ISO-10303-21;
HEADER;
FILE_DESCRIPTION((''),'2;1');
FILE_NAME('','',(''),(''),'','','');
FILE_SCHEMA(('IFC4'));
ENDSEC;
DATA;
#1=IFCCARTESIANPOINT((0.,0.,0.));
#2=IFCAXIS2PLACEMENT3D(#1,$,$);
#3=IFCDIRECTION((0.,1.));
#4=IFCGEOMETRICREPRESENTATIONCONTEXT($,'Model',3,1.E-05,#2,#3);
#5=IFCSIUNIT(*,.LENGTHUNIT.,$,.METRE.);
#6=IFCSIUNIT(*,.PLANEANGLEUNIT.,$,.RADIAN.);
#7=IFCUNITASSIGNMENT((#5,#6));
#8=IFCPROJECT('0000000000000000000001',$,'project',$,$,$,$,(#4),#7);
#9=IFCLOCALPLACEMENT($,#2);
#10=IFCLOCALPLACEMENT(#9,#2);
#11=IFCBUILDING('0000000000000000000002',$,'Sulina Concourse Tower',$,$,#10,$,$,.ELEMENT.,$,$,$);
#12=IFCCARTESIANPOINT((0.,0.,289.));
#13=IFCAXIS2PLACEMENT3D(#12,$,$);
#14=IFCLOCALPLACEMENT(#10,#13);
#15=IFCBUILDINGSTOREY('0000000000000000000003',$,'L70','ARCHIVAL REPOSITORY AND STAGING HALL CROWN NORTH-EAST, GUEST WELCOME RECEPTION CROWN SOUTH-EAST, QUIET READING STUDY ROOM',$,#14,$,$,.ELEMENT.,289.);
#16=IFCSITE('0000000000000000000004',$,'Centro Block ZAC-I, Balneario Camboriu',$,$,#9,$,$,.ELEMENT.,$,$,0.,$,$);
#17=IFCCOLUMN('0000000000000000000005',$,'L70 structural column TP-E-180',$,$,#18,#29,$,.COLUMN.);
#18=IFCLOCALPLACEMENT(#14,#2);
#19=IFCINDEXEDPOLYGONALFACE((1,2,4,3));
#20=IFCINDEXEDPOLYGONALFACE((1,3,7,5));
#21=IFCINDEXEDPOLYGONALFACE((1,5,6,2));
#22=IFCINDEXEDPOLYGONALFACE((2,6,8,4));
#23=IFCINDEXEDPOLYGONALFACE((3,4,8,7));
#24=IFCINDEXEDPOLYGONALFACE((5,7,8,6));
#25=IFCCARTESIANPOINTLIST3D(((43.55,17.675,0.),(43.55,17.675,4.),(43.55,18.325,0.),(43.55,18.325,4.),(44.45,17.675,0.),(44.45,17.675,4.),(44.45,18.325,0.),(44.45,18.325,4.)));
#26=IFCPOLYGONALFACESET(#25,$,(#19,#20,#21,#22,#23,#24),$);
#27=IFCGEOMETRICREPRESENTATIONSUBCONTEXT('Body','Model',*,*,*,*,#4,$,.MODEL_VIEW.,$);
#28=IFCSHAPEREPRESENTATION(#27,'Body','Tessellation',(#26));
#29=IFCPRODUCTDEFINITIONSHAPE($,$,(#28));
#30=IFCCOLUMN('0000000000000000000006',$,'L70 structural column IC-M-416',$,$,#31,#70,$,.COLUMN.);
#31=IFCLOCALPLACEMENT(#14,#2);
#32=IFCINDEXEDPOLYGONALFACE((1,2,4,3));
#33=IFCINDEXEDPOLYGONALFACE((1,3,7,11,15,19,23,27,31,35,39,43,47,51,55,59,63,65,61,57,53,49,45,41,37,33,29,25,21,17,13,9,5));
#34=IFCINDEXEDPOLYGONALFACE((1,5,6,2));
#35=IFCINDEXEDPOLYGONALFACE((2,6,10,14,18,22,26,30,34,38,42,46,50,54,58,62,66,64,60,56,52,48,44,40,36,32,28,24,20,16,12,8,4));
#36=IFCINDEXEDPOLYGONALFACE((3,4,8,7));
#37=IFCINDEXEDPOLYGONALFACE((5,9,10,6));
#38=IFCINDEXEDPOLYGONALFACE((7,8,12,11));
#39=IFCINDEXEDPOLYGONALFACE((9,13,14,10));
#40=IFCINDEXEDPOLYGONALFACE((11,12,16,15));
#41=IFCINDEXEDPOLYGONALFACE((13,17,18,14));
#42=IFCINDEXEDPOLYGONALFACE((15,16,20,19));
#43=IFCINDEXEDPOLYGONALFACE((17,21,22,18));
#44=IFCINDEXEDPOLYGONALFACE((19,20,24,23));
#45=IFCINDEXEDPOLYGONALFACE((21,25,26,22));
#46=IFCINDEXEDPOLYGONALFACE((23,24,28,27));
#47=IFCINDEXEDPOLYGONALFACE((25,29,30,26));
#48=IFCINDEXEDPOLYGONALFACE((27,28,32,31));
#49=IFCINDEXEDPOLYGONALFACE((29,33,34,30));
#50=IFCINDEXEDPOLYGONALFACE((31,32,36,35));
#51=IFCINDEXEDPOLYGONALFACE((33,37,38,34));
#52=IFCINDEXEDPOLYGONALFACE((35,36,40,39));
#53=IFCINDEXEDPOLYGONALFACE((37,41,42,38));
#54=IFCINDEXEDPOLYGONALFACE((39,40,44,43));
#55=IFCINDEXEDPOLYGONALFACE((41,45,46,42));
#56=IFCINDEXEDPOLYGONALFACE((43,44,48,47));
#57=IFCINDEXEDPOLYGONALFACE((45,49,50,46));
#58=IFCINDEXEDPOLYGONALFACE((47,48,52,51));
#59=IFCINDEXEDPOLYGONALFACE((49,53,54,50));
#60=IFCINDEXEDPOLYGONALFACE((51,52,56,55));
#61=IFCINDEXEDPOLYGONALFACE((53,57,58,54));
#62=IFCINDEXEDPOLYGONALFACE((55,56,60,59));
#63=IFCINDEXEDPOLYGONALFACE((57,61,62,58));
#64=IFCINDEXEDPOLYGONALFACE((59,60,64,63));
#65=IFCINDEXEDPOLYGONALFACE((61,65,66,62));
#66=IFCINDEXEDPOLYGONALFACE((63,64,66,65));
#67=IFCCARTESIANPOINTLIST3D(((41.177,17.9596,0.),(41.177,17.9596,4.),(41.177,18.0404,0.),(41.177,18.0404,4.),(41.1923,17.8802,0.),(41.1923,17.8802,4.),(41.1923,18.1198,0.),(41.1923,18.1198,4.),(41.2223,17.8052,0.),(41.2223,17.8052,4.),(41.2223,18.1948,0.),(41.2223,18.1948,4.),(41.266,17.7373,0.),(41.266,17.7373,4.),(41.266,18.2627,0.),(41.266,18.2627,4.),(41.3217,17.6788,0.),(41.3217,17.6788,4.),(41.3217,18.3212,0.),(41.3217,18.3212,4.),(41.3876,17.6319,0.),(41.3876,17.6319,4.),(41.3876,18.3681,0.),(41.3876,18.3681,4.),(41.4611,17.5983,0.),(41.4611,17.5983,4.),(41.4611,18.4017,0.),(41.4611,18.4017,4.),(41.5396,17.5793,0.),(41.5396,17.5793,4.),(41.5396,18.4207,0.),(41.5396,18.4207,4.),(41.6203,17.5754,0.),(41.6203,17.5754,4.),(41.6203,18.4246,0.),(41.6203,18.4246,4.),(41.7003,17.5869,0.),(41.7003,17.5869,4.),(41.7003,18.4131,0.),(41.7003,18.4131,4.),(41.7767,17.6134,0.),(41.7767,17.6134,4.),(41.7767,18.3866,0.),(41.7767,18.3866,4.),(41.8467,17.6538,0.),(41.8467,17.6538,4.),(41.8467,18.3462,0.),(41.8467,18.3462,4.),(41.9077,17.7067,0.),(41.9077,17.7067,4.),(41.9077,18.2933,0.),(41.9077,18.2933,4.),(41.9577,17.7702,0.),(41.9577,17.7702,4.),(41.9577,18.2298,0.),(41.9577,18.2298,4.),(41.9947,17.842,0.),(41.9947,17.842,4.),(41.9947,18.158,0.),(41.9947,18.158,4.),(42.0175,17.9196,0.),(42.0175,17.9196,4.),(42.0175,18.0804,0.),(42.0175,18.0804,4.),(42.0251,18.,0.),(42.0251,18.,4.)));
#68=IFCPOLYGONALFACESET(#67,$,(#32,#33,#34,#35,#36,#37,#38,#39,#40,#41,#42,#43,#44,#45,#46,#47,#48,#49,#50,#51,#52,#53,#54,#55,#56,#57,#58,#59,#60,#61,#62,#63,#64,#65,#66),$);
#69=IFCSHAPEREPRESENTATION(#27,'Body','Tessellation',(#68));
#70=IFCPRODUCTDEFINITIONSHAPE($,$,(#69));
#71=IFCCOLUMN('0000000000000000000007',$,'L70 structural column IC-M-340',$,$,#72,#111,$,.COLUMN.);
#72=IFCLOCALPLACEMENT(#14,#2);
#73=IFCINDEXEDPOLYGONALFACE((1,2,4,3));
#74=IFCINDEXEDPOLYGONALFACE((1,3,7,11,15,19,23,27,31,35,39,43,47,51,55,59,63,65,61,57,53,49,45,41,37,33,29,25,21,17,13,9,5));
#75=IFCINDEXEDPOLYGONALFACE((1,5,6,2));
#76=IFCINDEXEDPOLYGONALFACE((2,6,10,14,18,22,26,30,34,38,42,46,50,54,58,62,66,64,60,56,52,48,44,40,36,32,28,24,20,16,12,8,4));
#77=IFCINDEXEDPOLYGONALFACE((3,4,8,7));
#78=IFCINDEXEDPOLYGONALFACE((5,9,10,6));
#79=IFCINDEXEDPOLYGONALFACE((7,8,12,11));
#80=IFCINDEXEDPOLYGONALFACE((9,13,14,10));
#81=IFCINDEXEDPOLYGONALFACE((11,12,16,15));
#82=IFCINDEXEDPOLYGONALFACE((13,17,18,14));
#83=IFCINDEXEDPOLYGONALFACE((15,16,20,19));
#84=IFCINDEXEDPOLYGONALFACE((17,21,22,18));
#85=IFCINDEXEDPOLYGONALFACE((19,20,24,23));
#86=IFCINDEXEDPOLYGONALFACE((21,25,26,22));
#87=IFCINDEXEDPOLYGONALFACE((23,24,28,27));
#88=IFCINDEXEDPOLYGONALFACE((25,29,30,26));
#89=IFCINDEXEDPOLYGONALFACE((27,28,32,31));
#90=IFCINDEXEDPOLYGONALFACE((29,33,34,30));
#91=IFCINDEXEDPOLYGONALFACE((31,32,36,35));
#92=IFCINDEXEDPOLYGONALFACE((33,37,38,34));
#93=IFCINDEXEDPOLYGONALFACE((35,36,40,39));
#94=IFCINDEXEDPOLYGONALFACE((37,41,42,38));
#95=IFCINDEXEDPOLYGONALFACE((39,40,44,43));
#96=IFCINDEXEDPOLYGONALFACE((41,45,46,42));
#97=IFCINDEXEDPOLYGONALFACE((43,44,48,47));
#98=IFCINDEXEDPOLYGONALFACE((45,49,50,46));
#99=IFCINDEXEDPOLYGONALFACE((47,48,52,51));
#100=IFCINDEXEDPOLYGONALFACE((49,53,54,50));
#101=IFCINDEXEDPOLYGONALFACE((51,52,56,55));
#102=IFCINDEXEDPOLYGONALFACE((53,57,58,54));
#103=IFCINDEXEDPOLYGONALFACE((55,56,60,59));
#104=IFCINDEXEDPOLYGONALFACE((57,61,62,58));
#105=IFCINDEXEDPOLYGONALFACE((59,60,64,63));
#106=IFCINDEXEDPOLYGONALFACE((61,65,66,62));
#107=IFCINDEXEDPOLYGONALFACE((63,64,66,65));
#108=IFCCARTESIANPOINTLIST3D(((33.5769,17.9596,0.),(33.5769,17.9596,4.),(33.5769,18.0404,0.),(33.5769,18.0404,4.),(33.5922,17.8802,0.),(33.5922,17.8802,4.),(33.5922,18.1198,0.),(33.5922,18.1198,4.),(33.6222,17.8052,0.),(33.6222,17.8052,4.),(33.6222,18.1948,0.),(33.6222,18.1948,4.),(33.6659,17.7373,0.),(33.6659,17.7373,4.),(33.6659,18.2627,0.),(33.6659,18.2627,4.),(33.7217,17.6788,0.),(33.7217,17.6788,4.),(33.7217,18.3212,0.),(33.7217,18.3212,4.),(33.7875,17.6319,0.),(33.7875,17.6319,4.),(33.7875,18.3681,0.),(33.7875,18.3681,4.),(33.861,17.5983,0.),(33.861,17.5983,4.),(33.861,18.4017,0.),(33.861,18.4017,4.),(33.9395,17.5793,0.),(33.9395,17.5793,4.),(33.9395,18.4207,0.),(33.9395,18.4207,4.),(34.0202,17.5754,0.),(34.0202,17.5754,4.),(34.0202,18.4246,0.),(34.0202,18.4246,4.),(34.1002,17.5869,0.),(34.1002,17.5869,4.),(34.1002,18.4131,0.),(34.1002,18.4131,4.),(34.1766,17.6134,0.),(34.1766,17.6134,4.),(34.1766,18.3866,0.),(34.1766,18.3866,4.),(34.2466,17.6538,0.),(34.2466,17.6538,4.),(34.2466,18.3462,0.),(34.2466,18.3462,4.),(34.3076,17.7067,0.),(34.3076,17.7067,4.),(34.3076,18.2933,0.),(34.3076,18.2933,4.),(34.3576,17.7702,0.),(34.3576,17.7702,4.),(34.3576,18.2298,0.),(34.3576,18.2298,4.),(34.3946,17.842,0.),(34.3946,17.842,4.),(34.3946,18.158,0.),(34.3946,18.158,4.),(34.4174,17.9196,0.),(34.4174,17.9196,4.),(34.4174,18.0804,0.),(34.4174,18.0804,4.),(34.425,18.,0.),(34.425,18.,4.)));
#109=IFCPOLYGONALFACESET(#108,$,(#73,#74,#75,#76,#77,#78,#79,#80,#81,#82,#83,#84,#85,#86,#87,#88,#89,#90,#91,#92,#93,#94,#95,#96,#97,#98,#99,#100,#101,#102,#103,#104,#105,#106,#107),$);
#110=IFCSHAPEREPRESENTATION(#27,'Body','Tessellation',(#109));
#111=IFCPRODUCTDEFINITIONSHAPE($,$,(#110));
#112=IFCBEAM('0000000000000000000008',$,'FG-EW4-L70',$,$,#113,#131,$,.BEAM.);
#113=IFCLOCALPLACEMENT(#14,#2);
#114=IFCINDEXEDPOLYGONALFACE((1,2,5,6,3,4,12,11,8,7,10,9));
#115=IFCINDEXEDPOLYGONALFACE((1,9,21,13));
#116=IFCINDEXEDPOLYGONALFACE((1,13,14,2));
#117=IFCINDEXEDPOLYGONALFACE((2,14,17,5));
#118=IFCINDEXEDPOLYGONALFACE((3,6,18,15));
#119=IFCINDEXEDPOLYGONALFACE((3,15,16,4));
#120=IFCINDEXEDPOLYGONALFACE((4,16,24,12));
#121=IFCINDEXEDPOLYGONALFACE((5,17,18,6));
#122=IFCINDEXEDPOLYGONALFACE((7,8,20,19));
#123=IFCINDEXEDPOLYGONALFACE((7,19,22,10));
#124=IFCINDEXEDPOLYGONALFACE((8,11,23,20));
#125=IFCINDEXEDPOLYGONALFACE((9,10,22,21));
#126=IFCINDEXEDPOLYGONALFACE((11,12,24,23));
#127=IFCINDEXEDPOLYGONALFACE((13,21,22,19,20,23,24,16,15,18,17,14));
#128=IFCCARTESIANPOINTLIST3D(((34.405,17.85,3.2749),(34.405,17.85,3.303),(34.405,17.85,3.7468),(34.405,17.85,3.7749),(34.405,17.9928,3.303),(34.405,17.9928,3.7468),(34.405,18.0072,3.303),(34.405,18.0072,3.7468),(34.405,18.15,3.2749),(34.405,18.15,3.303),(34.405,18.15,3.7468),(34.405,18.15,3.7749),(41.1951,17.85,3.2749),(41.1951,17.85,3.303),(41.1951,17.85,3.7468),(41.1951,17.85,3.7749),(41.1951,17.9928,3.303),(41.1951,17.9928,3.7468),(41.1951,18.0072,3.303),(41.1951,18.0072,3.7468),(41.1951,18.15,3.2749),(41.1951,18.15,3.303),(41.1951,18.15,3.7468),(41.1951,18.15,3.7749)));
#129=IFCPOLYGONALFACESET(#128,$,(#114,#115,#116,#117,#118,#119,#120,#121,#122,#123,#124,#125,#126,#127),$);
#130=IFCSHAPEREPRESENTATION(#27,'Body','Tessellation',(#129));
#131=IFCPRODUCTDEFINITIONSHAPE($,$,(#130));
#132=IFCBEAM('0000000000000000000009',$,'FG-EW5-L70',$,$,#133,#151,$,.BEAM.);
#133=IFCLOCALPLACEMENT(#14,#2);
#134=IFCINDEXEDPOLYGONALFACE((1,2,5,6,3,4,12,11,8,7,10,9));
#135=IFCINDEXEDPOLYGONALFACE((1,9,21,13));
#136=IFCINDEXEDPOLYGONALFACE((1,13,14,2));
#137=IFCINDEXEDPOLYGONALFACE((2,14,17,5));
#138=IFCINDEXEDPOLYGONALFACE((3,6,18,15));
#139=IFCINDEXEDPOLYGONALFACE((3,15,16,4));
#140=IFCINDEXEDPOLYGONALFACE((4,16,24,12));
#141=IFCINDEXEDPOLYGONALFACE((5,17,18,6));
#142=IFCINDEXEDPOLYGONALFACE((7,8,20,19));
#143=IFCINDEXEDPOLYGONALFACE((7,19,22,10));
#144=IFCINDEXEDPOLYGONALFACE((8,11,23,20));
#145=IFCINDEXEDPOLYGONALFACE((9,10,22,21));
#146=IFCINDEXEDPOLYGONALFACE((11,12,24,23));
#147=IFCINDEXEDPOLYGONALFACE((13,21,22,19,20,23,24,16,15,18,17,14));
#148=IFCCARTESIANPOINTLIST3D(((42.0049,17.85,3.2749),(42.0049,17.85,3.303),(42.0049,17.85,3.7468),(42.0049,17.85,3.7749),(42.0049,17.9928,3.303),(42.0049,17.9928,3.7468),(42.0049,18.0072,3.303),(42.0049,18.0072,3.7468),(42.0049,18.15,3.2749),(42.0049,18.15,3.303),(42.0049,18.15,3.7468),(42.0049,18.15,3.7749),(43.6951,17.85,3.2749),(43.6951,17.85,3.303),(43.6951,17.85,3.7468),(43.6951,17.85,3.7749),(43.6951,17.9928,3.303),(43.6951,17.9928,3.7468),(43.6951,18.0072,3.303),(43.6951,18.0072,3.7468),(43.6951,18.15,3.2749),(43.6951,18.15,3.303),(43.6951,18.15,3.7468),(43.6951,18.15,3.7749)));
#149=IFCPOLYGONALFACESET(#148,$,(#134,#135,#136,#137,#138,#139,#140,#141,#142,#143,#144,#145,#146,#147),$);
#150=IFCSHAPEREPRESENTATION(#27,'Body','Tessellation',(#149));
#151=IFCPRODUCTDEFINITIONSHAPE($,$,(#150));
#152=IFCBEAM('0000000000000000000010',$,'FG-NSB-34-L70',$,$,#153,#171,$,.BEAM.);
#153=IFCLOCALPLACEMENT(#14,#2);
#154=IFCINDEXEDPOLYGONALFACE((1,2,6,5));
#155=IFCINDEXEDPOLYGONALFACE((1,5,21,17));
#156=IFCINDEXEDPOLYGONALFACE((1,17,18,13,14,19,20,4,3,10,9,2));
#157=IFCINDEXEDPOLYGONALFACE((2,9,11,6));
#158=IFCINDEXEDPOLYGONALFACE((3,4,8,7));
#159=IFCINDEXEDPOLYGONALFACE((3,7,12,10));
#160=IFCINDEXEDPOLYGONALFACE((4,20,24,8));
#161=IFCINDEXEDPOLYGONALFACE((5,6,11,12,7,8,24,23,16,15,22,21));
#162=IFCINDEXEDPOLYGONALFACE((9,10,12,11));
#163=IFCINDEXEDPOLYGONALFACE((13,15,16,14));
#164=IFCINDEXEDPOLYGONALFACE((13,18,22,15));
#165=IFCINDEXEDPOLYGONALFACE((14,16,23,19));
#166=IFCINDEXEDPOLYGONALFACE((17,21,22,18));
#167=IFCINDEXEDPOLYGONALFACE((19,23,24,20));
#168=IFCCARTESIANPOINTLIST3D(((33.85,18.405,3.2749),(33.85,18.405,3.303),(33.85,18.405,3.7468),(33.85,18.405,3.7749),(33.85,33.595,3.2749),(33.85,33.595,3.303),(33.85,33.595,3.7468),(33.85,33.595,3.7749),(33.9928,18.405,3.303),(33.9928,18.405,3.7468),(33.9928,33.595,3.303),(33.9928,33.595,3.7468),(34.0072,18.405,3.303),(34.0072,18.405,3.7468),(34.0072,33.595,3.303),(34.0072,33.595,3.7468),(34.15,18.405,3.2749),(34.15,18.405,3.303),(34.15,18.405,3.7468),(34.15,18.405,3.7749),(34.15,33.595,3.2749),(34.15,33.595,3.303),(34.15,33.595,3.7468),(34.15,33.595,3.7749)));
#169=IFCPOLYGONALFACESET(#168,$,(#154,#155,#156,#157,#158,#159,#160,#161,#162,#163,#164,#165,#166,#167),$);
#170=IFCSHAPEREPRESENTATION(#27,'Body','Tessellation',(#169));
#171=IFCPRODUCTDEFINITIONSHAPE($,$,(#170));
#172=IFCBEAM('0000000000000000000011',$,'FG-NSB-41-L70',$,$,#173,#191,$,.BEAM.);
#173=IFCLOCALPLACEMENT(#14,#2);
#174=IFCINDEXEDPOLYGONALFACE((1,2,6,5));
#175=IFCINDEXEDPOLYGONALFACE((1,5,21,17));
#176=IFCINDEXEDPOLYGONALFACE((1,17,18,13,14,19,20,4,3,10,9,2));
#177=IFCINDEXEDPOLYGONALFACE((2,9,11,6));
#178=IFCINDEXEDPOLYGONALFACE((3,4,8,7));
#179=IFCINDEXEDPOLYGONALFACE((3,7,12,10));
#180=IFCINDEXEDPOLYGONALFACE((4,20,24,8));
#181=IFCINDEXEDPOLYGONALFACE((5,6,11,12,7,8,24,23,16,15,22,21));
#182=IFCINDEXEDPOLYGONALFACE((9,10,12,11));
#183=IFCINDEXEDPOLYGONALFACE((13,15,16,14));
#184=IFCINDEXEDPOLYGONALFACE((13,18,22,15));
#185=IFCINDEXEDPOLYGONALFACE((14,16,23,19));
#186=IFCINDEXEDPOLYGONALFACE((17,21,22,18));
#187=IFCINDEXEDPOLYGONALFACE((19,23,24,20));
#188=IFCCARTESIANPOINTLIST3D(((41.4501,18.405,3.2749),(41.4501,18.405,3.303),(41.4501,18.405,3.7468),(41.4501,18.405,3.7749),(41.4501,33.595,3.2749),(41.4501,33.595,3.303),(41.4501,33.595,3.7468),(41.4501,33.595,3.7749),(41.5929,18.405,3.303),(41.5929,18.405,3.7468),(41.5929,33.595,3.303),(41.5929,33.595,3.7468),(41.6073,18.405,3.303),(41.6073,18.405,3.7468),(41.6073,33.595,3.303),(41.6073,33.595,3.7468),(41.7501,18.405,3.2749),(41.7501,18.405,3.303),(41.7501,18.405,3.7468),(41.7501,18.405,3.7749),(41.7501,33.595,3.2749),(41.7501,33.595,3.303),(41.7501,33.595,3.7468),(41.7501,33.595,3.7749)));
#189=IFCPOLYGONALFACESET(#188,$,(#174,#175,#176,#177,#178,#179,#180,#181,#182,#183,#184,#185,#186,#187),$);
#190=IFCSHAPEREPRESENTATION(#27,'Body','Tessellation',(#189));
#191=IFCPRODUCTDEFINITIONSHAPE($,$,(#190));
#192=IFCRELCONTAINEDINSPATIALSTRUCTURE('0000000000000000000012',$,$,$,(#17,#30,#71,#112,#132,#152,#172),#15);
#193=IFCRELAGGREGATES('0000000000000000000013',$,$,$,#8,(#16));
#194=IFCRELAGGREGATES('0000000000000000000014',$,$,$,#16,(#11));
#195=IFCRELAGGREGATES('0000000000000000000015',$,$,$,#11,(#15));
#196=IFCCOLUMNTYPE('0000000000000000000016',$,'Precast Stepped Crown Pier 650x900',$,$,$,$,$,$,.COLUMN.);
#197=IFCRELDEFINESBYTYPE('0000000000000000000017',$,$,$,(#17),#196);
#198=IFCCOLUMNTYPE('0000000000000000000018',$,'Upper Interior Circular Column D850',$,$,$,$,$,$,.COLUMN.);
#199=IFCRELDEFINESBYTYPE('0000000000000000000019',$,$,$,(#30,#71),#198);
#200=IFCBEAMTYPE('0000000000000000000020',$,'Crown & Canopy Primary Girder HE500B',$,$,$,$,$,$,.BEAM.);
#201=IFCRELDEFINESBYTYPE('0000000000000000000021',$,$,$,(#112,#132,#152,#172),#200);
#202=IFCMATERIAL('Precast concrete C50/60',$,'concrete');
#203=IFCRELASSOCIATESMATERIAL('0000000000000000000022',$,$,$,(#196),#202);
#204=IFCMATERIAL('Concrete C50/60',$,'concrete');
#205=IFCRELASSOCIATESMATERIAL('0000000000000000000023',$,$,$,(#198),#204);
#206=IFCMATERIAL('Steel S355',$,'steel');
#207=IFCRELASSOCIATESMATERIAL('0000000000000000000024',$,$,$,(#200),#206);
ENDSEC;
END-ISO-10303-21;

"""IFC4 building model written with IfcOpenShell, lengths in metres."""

from ifc_helpers import new_model, si_unit, direction, frame, origin, origin_2d, place, context, subcontext, project, spatial, rectangle, circle, i_section, extrude, material, material_profile, profile_set, type_object, element, save


model = new_model("IFC4")

# Units and contexts
model_context = context("Model", 3, precision=1e-05, world=origin(), true_north=direction((0.0, 1.0)))
body_context = subcontext(model_context, "Body", "Model", "MODEL_VIEW")
ifc_project = project(units=[si_unit("LENGTHUNIT", "METRE"), si_unit("PLANEANGLEUNIT", "RADIAN")], contexts=[model_context])

# Site, building, storey
site_placement = place(None, origin())
site = spatial("IfcSite", under=ifc_project, at=site_placement, Name="Centro Block ZAC-I, Balneario Camboriu", CompositionType="ELEMENT", RefElevation=0.0)
building_placement = place(site_placement, origin())
building = spatial("IfcBuilding", under=site, at=building_placement, Name="Sulina Concourse Tower", CompositionType="ELEMENT")
storey_placement = place(building_placement, frame((0.0, 0.0, 289.0)))
storey = spatial("IfcBuildingStorey", under=building, at=storey_placement, Name="L70", Description="ARCHIVAL REPOSITORY AND STAGING HALL CROWN NORTH-EAST, GUEST WELCOME RECEPTION CROWN SOUTH-EAST, QUIET READING STUDY ROOM", CompositionType="ELEMENT", Elevation=289.0)

# Columns
ifc_material_1 = material(Name="Precast concrete C50/60", Category="concrete")
ifc_material_profile_1 = material_profile(ifc_material_1, rectangle(XDim=0.6499, YDim=0.8999, at=origin_2d()), Name="PC 650x900")
ifc_profile_set_1 = profile_set([ifc_material_profile_1], Name="Precast concrete C50/60")
column_type_1 = type_object("IfcColumnType", Name="Precast Stepped Crown Pier 650x900", PredefinedType="COLUMN", material=ifc_profile_set_1)
column_placement = place(storey_placement, frame((44.0, 18.0, 0.0), z_axis=(0.0, 0.0, 1.0), x_axis=(0.0, 1.0, 0.0)))
element("IfcColumn", 1, at=column_placement, inside=storey, type_object=column_type_1, Name="L70 structural column TP-E-180", PredefinedType="COLUMN", context=body_context, shape_type="SweptSolid", body=[
    extrude(rectangle(XDim=0.6499, YDim=0.8999, at=origin_2d()), origin(), (0.0, 0.0, 1.0), 4.0),
])
ifc_material_2 = material(Name="Concrete C50/60", Category="concrete")
ifc_material_profile_2 = material_profile(ifc_material_2, circle(Radius=0.425, at=origin_2d()), Name="RC D850")
ifc_profile_set_2 = profile_set([ifc_material_profile_2], Name="Concrete C50/60")
column_type_2 = type_object("IfcColumnType", Name="Upper Interior Circular Column D850", PredefinedType="COLUMN", material=ifc_profile_set_2)
for number, where, z_axis, x_axis, name in (
    (2, (41.6001, 18.0, 0.0), (0.0, 0.0, 1.0), (1.0, 0.0, 0.0), "L70 structural column IC-M-416"),
    (3, (34.0, 18.0, 0.0), (0.0, 0.0, 1.0), (1.0, 0.0, 0.0), "L70 structural column IC-M-340"),
):
    element("IfcColumn", number, at=place(storey_placement, frame(where, z_axis=z_axis, x_axis=x_axis)), inside=storey, type_object=column_type_2, Name=name, PredefinedType="COLUMN", context=body_context, shape_type="SweptSolid", body=[
        extrude(circle(Radius=0.425, at=origin_2d()), origin(), (0.0, 0.0, 1.0), 4.0),
    ])

# Beams
ifc_material_3 = material(Name="Steel S355", Category="steel")
ifc_material_profile_3 = material_profile(ifc_material_3, i_section(OverallWidth=0.3, OverallDepth=0.5, WebThickness=0.0144, FlangeThickness=0.0281, at=origin_2d()), Name="HE 500 B")
ifc_profile_set_3 = profile_set([ifc_material_profile_3], Name="Steel S355")
beam_type_1 = type_object("IfcBeamType", Name="Crown & Canopy Primary Girder HE500B", PredefinedType="BEAM", material=ifc_profile_set_3)
beam_1_placement = place(storey_placement, frame((34.405, 18.0, 3.5249), z_axis=(1.0, 0.0, 0.0), x_axis=(0.0, 1.0, 0.0)))
element("IfcBeam", 4, at=beam_1_placement, inside=storey, type_object=beam_type_1, Name="FG-EW4-L70", PredefinedType="BEAM", context=body_context, shape_type="SweptSolid", body=[
    extrude(i_section(OverallWidth=0.3, OverallDepth=0.5, WebThickness=0.0144, FlangeThickness=0.0281, at=origin_2d()), origin(), (0.0, 0.0, 1.0), 6.79),
])
beam_2_placement = place(storey_placement, frame((42.0049, 18.0, 3.5249), z_axis=(1.0, 0.0, 0.0), x_axis=(0.0, 1.0, 0.0)))
element("IfcBeam", 5, at=beam_2_placement, inside=storey, type_object=beam_type_1, Name="FG-EW5-L70", PredefinedType="BEAM", context=body_context, shape_type="SweptSolid", body=[
    extrude(i_section(OverallWidth=0.3, OverallDepth=0.5, WebThickness=0.0144, FlangeThickness=0.0281, at=origin_2d()), origin(), (0.0, 0.0, 1.0), 1.6902),
])
for number, where, z_axis, x_axis, name in (
    (6, (34.0, 18.405, 3.5249), (0.0, 1.0, 0.0), (-1.0, 0.0, 0.0), "FG-NSB-34-L70"),
    (7, (41.6001, 18.405, 3.5249), (0.0, 1.0, 0.0), (-1.0, 0.0, 0.0), "FG-NSB-41-L70"),
):
    element("IfcBeam", number, at=place(storey_placement, frame(where, z_axis=z_axis, x_axis=x_axis)), inside=storey, type_object=beam_type_1, Name=name, PredefinedType="BEAM", context=body_context, shape_type="SweptSolid", body=[
        extrude(i_section(OverallWidth=0.3, OverallDepth=0.5, WebThickness=0.0144, FlangeThickness=0.0281, at=origin_2d()), origin(), (0.0, 0.0, 1.0), 15.1899),
    ])

save(model, "model.ifc")
